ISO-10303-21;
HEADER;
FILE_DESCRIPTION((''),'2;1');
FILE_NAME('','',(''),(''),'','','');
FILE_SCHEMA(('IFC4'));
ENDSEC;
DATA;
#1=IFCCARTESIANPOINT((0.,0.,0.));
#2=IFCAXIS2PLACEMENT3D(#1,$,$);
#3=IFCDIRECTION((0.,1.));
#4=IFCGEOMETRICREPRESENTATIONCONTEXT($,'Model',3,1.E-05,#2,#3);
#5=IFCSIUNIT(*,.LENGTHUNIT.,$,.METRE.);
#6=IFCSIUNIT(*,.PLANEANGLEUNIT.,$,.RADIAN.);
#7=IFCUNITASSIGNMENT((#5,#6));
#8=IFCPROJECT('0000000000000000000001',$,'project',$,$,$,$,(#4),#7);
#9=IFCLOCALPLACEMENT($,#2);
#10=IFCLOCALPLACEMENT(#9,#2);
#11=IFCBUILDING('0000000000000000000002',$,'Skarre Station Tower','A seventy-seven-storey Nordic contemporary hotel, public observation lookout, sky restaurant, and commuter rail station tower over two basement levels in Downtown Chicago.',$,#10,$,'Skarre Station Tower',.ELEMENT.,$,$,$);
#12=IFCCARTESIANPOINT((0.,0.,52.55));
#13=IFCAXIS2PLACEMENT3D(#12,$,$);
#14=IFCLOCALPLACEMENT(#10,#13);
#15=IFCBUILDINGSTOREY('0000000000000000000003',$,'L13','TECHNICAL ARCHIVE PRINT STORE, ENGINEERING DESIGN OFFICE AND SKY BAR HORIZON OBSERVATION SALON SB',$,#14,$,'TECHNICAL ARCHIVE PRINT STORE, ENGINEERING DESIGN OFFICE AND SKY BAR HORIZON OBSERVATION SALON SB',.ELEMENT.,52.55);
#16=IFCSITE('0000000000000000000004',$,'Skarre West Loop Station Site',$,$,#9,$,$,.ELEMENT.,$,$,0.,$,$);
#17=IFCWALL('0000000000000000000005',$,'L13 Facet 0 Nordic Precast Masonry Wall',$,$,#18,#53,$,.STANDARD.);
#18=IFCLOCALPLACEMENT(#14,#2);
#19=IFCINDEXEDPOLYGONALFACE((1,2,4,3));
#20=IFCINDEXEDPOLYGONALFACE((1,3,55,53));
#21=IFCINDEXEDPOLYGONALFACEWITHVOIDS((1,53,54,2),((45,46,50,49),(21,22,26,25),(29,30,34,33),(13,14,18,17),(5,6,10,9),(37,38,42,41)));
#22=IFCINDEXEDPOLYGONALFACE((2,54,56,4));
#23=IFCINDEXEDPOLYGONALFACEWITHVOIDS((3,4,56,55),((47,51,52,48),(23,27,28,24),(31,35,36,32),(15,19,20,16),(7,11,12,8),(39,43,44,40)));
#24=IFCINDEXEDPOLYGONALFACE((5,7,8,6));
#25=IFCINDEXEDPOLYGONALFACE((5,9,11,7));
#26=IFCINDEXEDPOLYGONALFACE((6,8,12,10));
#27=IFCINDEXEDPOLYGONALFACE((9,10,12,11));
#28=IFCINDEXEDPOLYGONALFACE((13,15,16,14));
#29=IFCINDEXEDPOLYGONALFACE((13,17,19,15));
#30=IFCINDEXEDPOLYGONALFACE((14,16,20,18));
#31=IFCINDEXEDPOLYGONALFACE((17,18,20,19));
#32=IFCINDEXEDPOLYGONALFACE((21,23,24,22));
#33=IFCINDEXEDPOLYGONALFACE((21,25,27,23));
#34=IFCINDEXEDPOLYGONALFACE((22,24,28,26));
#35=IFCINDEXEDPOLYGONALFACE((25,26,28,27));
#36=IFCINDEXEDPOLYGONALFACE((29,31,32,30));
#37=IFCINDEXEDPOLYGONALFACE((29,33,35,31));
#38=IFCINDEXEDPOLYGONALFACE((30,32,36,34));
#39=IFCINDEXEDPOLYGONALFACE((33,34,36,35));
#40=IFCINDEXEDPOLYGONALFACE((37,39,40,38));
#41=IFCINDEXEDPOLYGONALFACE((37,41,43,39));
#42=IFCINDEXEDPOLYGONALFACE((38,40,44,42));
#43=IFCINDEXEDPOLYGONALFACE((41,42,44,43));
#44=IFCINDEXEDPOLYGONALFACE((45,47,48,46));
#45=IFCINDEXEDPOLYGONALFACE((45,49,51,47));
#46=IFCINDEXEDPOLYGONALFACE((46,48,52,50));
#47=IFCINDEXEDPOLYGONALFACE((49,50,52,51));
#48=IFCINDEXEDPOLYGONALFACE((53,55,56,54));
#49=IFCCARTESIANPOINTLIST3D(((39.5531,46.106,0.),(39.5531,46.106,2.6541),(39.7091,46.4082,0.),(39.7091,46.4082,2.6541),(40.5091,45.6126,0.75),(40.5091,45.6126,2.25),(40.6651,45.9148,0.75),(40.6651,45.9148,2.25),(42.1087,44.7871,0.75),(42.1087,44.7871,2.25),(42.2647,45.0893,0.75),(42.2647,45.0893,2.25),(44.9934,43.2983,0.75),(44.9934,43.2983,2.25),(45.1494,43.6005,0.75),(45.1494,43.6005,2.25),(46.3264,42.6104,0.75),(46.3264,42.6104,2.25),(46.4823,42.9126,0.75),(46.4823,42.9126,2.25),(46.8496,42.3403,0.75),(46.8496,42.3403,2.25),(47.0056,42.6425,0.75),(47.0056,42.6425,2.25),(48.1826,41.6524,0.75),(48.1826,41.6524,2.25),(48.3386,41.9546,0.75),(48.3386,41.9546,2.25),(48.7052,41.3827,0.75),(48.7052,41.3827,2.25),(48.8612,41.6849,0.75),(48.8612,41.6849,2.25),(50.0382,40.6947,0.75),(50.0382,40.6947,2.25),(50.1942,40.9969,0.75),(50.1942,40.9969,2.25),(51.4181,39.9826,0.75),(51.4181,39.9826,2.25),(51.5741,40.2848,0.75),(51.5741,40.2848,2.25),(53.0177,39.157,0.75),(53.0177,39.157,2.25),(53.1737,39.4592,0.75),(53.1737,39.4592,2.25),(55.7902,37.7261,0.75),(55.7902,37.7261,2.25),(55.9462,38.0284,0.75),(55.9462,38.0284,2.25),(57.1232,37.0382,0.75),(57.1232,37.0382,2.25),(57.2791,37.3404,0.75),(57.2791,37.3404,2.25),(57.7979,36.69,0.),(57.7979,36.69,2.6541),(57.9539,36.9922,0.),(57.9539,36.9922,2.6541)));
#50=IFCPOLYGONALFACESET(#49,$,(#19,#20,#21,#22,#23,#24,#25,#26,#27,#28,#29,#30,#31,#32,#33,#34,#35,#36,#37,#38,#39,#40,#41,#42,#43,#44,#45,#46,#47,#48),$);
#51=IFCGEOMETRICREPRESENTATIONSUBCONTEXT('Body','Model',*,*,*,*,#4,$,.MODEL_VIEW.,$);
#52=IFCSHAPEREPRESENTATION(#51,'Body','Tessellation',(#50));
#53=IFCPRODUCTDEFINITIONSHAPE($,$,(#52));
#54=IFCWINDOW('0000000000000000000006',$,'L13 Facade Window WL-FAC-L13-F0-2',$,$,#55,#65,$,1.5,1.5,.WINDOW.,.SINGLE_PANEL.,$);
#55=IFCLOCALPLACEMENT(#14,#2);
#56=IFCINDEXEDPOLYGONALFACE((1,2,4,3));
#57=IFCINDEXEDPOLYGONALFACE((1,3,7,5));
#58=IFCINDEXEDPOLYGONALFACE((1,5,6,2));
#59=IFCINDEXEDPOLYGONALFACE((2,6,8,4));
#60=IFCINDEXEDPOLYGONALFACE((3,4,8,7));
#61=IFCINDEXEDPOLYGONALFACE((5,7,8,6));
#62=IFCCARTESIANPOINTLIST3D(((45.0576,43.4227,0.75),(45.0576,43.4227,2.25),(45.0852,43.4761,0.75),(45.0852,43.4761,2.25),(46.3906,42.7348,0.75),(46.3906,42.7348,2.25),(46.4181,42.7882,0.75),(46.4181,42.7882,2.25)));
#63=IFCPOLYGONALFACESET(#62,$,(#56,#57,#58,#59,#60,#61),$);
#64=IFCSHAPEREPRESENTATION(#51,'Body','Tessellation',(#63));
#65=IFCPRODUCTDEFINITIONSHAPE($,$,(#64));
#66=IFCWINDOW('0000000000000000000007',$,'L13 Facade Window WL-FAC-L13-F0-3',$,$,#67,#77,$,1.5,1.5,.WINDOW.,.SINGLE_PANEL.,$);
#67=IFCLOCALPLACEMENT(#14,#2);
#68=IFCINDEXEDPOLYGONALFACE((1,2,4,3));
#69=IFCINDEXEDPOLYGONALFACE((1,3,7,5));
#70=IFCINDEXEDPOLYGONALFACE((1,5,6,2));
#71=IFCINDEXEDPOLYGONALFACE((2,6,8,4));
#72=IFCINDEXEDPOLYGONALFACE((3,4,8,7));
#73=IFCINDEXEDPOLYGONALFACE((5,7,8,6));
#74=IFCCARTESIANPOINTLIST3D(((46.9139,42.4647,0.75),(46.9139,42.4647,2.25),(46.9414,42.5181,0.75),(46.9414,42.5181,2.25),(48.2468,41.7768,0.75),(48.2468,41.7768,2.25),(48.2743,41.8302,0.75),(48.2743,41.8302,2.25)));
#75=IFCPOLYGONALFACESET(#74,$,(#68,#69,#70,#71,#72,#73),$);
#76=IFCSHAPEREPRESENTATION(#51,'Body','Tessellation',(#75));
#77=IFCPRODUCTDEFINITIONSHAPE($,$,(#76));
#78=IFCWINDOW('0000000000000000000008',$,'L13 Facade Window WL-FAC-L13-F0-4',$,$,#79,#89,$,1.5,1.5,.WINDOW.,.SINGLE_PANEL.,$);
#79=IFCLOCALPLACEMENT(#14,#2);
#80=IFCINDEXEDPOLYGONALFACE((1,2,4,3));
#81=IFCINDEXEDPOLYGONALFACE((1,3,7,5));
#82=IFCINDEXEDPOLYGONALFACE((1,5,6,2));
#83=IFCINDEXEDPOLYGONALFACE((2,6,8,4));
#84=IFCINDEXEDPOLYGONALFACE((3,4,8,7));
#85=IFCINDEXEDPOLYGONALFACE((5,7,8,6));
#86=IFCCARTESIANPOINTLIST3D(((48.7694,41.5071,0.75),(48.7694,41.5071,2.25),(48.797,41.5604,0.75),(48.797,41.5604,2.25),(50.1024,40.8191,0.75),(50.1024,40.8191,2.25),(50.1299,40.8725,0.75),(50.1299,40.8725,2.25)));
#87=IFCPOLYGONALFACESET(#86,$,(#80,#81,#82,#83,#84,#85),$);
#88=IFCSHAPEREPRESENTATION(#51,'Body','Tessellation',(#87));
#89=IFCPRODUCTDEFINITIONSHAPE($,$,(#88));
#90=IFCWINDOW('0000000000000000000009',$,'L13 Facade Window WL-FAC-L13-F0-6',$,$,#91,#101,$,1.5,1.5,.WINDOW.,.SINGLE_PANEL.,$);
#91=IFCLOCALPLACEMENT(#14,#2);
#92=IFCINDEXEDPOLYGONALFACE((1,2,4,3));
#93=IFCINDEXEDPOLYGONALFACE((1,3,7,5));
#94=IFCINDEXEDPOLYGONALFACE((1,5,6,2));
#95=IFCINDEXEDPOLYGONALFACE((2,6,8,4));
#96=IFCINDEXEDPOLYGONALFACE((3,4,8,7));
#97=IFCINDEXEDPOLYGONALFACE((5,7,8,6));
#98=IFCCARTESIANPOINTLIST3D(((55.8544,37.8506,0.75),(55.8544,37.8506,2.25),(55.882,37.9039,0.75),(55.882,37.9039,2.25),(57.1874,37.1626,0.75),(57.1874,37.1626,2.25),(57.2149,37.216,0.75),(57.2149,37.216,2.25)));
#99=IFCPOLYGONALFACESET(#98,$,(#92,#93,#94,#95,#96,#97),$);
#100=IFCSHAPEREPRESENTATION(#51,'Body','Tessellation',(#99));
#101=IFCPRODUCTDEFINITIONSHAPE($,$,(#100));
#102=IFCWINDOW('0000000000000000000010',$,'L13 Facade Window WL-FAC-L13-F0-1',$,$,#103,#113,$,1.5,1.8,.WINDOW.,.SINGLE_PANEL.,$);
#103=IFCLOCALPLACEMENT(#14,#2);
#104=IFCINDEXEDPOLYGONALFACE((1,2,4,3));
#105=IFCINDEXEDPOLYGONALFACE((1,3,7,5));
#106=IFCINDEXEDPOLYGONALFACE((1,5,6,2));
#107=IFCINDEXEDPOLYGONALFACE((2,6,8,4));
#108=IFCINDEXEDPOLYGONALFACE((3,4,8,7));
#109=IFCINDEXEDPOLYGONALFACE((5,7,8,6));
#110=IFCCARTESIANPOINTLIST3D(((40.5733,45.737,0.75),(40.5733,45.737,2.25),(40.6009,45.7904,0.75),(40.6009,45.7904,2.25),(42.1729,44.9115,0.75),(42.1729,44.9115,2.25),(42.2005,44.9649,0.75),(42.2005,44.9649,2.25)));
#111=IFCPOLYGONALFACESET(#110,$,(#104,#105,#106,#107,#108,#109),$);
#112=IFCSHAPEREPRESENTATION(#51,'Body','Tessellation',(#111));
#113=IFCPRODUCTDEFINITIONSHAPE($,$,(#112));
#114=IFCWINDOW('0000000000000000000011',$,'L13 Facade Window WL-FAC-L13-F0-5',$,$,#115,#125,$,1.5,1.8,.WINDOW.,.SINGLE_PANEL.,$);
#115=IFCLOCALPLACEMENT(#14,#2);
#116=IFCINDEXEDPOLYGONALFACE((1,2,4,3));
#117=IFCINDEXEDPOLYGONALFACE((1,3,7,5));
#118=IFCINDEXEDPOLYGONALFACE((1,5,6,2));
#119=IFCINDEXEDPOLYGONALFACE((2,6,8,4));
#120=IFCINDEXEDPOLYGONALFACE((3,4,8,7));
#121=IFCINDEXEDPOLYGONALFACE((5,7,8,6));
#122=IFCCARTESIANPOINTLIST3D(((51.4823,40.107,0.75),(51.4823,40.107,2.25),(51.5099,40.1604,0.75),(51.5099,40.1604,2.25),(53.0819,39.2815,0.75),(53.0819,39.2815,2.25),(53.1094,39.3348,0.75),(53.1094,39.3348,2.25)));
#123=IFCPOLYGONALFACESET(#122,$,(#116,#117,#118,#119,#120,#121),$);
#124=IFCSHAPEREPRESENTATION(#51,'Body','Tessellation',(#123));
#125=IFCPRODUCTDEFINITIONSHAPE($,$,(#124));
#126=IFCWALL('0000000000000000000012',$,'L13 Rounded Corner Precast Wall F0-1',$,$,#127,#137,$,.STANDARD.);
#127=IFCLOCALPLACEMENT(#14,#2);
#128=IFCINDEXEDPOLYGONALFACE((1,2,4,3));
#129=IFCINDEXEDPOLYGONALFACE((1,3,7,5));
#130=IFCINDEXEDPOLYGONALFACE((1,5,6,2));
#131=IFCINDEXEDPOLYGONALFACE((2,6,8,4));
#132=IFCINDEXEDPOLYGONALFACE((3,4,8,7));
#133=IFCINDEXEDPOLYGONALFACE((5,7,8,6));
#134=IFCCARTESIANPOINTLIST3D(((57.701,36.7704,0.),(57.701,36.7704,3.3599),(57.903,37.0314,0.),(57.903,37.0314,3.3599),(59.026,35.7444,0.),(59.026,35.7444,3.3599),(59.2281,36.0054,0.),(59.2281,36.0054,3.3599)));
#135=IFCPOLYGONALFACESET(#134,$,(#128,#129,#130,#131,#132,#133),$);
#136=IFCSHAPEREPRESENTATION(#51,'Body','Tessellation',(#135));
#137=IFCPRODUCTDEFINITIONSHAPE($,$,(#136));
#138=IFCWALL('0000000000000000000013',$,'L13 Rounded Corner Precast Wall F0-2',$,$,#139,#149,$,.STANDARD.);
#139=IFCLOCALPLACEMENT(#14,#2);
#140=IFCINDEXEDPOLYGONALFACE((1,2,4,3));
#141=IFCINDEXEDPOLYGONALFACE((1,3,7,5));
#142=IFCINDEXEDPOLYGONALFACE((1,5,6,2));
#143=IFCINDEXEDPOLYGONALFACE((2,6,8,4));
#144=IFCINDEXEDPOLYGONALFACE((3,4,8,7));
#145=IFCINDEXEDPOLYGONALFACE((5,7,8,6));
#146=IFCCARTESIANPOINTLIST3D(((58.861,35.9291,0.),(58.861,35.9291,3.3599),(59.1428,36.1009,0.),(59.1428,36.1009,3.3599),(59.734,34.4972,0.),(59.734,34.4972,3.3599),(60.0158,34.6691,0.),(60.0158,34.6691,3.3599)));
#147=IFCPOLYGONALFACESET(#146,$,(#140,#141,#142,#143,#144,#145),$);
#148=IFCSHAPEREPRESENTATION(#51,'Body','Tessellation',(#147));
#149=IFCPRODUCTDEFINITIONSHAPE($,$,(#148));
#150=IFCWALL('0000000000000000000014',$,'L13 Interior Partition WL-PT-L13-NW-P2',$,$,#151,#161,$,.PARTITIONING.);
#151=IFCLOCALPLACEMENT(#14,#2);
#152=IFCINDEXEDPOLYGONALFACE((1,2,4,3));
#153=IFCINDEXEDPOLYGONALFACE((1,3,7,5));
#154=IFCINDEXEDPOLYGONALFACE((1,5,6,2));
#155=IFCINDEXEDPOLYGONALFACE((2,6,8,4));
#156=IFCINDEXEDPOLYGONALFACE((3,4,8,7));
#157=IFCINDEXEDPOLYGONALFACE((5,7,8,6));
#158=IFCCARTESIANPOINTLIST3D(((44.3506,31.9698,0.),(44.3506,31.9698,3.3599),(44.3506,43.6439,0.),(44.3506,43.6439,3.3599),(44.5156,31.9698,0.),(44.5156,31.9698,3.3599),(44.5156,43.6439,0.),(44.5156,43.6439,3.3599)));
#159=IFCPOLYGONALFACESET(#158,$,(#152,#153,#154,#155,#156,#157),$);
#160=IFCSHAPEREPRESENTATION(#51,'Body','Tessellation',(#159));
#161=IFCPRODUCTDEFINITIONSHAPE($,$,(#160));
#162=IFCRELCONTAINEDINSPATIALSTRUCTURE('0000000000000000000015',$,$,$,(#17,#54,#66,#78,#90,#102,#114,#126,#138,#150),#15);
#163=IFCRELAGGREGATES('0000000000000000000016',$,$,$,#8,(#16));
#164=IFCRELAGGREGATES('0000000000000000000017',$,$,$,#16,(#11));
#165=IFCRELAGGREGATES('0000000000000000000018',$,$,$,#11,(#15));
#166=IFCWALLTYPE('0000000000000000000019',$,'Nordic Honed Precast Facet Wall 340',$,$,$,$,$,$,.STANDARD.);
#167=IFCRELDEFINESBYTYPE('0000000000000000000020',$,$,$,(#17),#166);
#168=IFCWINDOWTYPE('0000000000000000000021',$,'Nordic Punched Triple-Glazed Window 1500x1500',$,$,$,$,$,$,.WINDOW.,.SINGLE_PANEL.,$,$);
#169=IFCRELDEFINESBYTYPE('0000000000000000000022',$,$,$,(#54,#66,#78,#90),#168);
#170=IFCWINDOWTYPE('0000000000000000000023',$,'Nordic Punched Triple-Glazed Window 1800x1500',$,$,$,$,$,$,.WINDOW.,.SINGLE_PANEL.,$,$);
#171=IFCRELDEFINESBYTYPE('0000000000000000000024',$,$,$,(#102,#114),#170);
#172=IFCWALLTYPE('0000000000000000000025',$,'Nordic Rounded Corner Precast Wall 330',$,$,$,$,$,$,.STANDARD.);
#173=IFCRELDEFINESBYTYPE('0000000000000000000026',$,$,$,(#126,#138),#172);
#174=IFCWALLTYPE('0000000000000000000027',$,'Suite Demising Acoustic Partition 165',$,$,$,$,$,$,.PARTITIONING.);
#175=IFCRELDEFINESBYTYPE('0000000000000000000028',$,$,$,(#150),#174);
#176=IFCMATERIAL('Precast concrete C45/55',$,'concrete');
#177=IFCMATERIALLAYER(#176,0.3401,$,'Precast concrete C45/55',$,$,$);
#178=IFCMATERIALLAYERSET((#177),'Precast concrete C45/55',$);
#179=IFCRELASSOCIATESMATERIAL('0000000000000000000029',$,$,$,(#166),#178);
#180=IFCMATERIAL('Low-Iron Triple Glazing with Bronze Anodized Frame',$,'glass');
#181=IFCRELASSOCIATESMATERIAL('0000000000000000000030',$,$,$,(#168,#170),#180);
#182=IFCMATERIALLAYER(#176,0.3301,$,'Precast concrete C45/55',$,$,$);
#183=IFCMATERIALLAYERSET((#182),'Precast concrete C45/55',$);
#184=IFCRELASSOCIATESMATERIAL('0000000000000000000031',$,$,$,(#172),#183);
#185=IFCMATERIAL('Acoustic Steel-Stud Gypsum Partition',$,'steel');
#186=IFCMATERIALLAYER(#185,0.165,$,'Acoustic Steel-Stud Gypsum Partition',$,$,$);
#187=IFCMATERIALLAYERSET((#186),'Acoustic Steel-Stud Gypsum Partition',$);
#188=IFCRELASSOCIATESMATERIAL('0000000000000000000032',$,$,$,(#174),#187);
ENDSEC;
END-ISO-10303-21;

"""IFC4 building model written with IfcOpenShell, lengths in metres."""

from ifc_helpers import new_model, si_unit, direction, frame, frame_2d, origin, place, context, subcontext, project, spatial, rectangle, extrude, material, layer, layer_set, type_object, element, fill, save


model = new_model("IFC4")

# Units and contexts
model_context = context("Model", 3, precision=1e-05, world=origin(), true_north=direction((0.0, 1.0)))
body_context = subcontext(model_context, "Body", "Model", "MODEL_VIEW")
ifc_project = project(units=[si_unit("LENGTHUNIT", "METRE"), si_unit("PLANEANGLEUNIT", "RADIAN")], contexts=[model_context])

# Site, building, storey
site_placement = place(None, origin())
site = spatial("IfcSite", under=ifc_project, at=site_placement, Name="Skarre West Loop Station Site", CompositionType="ELEMENT", RefElevation=0.0)
building_placement = place(site_placement, origin())
building = spatial("IfcBuilding", under=site, at=building_placement, Name="Skarre Station Tower", Description="A seventy-seven-storey Nordic contemporary hotel, public observation lookout, sky restaurant, and commuter rail station tower over two basement levels in Downtown Chicago.", LongName="Skarre Station Tower", CompositionType="ELEMENT")
storey_placement = place(building_placement, frame((0.0, 0.0, 52.55)))
storey = spatial("IfcBuildingStorey", under=building, at=storey_placement, Name="L13", Description="TECHNICAL ARCHIVE PRINT STORE, ENGINEERING DESIGN OFFICE AND SKY BAR HORIZON OBSERVATION SALON SB", LongName="TECHNICAL ARCHIVE PRINT STORE, ENGINEERING DESIGN OFFICE AND SKY BAR HORIZON OBSERVATION SALON SB", CompositionType="ELEMENT", Elevation=52.55)

# Wall, openings, windows
ifc_material_1 = material(Name="Precast concrete C45/55", Category="concrete")
ifc_layer_1 = layer(ifc_material_1, 0.3401, Name="Precast concrete C45/55")
ifc_layer_set_1 = layer_set([ifc_layer_1], Name="Precast concrete C45/55")
wall_type_1 = type_object("IfcWallType", Name="Nordic Honed Precast Facet Wall 340", PredefinedType="STANDARD", material=ifc_layer_set_1)
wall_1_placement = place(storey_placement, frame((39.6311, 46.2571, 0.0), z_axis=(0.0, 0.0, 1.0), x_axis=(0.888634, -0.458616, 0.0)))
wall_1 = element("IfcWall", 1, at=wall_1_placement, inside=storey, type_object=wall_type_1, Name="L13 Facet 0 Nordic Precast Masonry Wall", PredefinedType="STANDARD", context=body_context, shape_type="SweptSolid", body=[
    extrude(rectangle(XDim=20.5312, YDim=0.3401, at=frame_2d((10.2656, 0.0))), origin(), (0.0, 0.0, 1.0), 2.6541),
])
opening_1_placement = place(wall_1_placement, frame((1.0759, 0.0, 0.75)))
opening_1 = element("IfcOpeningElement", 2, at=opening_1_placement, cuts=wall_1, PredefinedType="OPENING", context=body_context, shape_type="SweptSolid", body=[
    extrude(rectangle(XDim=1.8, YDim=1.5, at=frame_2d((0.8999, 0.75))), frame((0.0, 0.1799, 0.0), z_axis=(0.0, -1.0, 0.0), x_axis=(1.0, 0.0, 0.0)), (0.0, 0.0, 1.0), 0.3601),
])
opening_2_placement = place(wall_1_placement, frame((6.1221, 0.0, 0.75)))
opening_2 = element("IfcOpeningElement", 3, at=opening_2_placement, cuts=wall_1, PredefinedType="OPENING", context=body_context, shape_type="SweptSolid", body=[
    extrude(rectangle(XDim=1.5, YDim=1.5, at=frame_2d((0.75, 0.75))), frame((0.0, 0.1799, 0.0), z_axis=(0.0, -1.0, 0.0), x_axis=(1.0, 0.0, 0.0)), (0.0, 0.0, 1.0), 0.3601),
])
opening_3_placement = place(wall_1_placement, frame((8.2109, 0.0, 0.75)))
opening_3 = element("IfcOpeningElement", 4, at=opening_3_placement, cuts=wall_1, PredefinedType="OPENING", context=body_context, shape_type="SweptSolid", body=[
    extrude(rectangle(XDim=1.5, YDim=1.5, at=frame_2d((0.75, 0.75))), frame((0.0, 0.1799, 0.0), z_axis=(0.0, -1.0, 0.0), x_axis=(1.0, 0.0, 0.0)), (0.0, 0.0, 1.0), 0.3601),
])
opening_4_placement = place(wall_1_placement, frame((10.2991, 0.0, 0.75)))
opening_4 = element("IfcOpeningElement", 5, at=opening_4_placement, cuts=wall_1, PredefinedType="OPENING", context=body_context, shape_type="SweptSolid", body=[
    extrude(rectangle(XDim=1.5, YDim=1.5, at=frame_2d((0.75, 0.75))), frame((0.0, 0.1799, 0.0), z_axis=(0.0, -1.0, 0.0), x_axis=(1.0, 0.0, 0.0)), (0.0, 0.0, 1.0), 0.3601),
])
opening_5_placement = place(wall_1_placement, frame((13.3521, 0.0, 0.75)))
opening_5 = element("IfcOpeningElement", 6, at=opening_5_placement, cuts=wall_1, PredefinedType="OPENING", context=body_context, shape_type="SweptSolid", body=[
    extrude(rectangle(XDim=1.8, YDim=1.5, at=frame_2d((0.8999, 0.75))), frame((0.0, 0.1799, 0.0), z_axis=(0.0, -1.0, 0.0), x_axis=(1.0, 0.0, 0.0)), (0.0, 0.0, 1.0), 0.3601),
])
opening_6_placement = place(wall_1_placement, frame((18.272, 0.0, 0.75)))
opening_6 = element("IfcOpeningElement", 7, at=opening_6_placement, cuts=wall_1, PredefinedType="OPENING", context=body_context, shape_type="SweptSolid", body=[
    extrude(rectangle(XDim=1.5, YDim=1.5, at=frame_2d((0.75, 0.75))), frame((0.0, 0.1799, 0.0), z_axis=(0.0, -1.0, 0.0), x_axis=(1.0, 0.0, 0.0)), (0.0, 0.0, 1.0), 0.3601),
])
ifc_material_2 = material(Name="Low-Iron Triple Glazing with Bronze Anodized Frame", Category="glass")
window_type_1 = type_object("IfcWindowType", Name="Nordic Punched Triple-Glazed Window 1500x1500", PartitioningType="SINGLE_PANEL", PredefinedType="WINDOW", material=ifc_material_2)
window_1_placement = place(opening_2_placement, origin())
window_1 = element("IfcWindow", 8, at=window_1_placement, inside=storey, type_object=window_type_1, Name="L13 Facade Window WL-FAC-L13-F0-2", OverallHeight=1.5, OverallWidth=1.5, PartitioningType="SINGLE_PANEL", PredefinedType="WINDOW", context=body_context, shape_type="SweptSolid", body=[
    extrude(rectangle(XDim=1.5, YDim=1.5, at=frame_2d((0.75, 0.75))), frame((0.0, 0.03, 0.0), z_axis=(0.0, -1.0, 0.0), x_axis=(1.0, 0.0, 0.0)), (0.0, 0.0, 1.0), 0.0601),
])
fill(opening_2, window_1)
window_2_placement = place(opening_3_placement, origin())
window_2 = element("IfcWindow", 9, at=window_2_placement, inside=storey, type_object=window_type_1, Name="L13 Facade Window WL-FAC-L13-F0-3", OverallHeight=1.5, OverallWidth=1.5, PartitioningType="SINGLE_PANEL", PredefinedType="WINDOW", context=body_context, shape_type="SweptSolid", body=[
    extrude(rectangle(XDim=1.5, YDim=1.5, at=frame_2d((0.75, 0.75))), frame((0.0, 0.03, 0.0), z_axis=(0.0, -1.0, 0.0), x_axis=(1.0, 0.0, 0.0)), (0.0, 0.0, 1.0), 0.0601),
])
fill(opening_3, window_2)
window_3_placement = place(opening_4_placement, origin())
window_3 = element("IfcWindow", 10, at=window_3_placement, inside=storey, type_object=window_type_1, Name="L13 Facade Window WL-FAC-L13-F0-4", OverallHeight=1.5, OverallWidth=1.5, PartitioningType="SINGLE_PANEL", PredefinedType="WINDOW", context=body_context, shape_type="SweptSolid", body=[
    extrude(rectangle(XDim=1.5, YDim=1.5, at=frame_2d((0.75, 0.75))), frame((0.0, 0.03, 0.0), z_axis=(0.0, -1.0, 0.0), x_axis=(1.0, 0.0, 0.0)), (0.0, 0.0, 1.0), 0.0601),
])
fill(opening_4, window_3)
window_4_placement = place(opening_6_placement, origin())
window_4 = element("IfcWindow", 11, at=window_4_placement, inside=storey, type_object=window_type_1, Name="L13 Facade Window WL-FAC-L13-F0-6", OverallHeight=1.5, OverallWidth=1.5, PartitioningType="SINGLE_PANEL", PredefinedType="WINDOW", context=body_context, shape_type="SweptSolid", body=[
    extrude(rectangle(XDim=1.5, YDim=1.5, at=frame_2d((0.75, 0.75))), frame((0.0, 0.03, 0.0), z_axis=(0.0, -1.0, 0.0), x_axis=(1.0, 0.0, 0.0)), (0.0, 0.0, 1.0), 0.0601),
])
fill(opening_6, window_4)
window_type_2 = type_object("IfcWindowType", Name="Nordic Punched Triple-Glazed Window 1800x1500", PartitioningType="SINGLE_PANEL", PredefinedType="WINDOW", material=ifc_material_2)
window_5_placement = place(opening_1_placement, origin())
window_5 = element("IfcWindow", 12, at=window_5_placement, inside=storey, type_object=window_type_2, Name="L13 Facade Window WL-FAC-L13-F0-1", OverallHeight=1.5, OverallWidth=1.8, PartitioningType="SINGLE_PANEL", PredefinedType="WINDOW", context=body_context, shape_type="SweptSolid", body=[
    extrude(rectangle(XDim=1.8, YDim=1.5, at=frame_2d((0.8999, 0.75))), frame((0.0, 0.03, 0.0), z_axis=(0.0, -1.0, 0.0), x_axis=(1.0, 0.0, 0.0)), (0.0, 0.0, 1.0), 0.0601),
])
fill(opening_1, window_5)
window_6_placement = place(opening_5_placement, origin())
window_6 = element("IfcWindow", 13, at=window_6_placement, inside=storey, type_object=window_type_2, Name="L13 Facade Window WL-FAC-L13-F0-5", OverallHeight=1.5, OverallWidth=1.8, PartitioningType="SINGLE_PANEL", PredefinedType="WINDOW", context=body_context, shape_type="SweptSolid", body=[
    extrude(rectangle(XDim=1.8, YDim=1.5, at=frame_2d((0.8999, 0.75))), frame((0.0, 0.03, 0.0), z_axis=(0.0, -1.0, 0.0), x_axis=(1.0, 0.0, 0.0)), (0.0, 0.0, 1.0), 0.0601),
])
fill(opening_5, window_6)

# Walls
ifc_layer_2 = layer(ifc_material_1, 0.3301, Name="Precast concrete C45/55")
ifc_layer_set_2 = layer_set([ifc_layer_2], Name="Precast concrete C45/55")
wall_type_2 = type_object("IfcWallType", Name="Nordic Rounded Corner Precast Wall 330", PredefinedType="STANDARD", material=ifc_layer_set_2)
wall_2_placement = place(storey_placement, frame((57.802, 36.9009, 0.0), z_axis=(0.0, 0.0, 1.0), x_axis=(0.790692, -0.612214, 0.0)))
element("IfcWall", 14, at=wall_2_placement, inside=storey, type_object=wall_type_2, Name="L13 Rounded Corner Precast Wall F0-1", PredefinedType="STANDARD", context=body_context, shape_type="SweptSolid", body=[
    extrude(rectangle(XDim=1.6758, YDim=0.3301, at=frame_2d((0.8379, 0.0))), origin(), (0.0, 0.0, 1.0), 3.3599),
])
wall_3_placement = place(storey_placement, frame((59.002, 36.0149, 0.0), z_axis=(0.0, 0.0, 1.0), x_axis=(0.520584, -0.85381, 0.0)))
element("IfcWall", 15, at=wall_3_placement, inside=storey, type_object=wall_type_2, Name="L13 Rounded Corner Precast Wall F0-2", PredefinedType="STANDARD", context=body_context, shape_type="SweptSolid", body=[
    extrude(rectangle(XDim=1.677, YDim=0.3301, at=frame_2d((0.8384, 0.0))), origin(), (0.0, 0.0, 1.0), 3.3599),
])
ifc_material_3 = material(Name="Acoustic Steel-Stud Gypsum Partition", Category="steel")
ifc_layer_3 = layer(ifc_material_3, 0.165, Name="Acoustic Steel-Stud Gypsum Partition")
ifc_layer_set_3 = layer_set([ifc_layer_3], Name="Acoustic Steel-Stud Gypsum Partition")
wall_type_3 = type_object("IfcWallType", Name="Suite Demising Acoustic Partition 165", PredefinedType="PARTITIONING", material=ifc_layer_set_3)
wall_4_placement = place(storey_placement, frame((44.4331, 31.97, 0.0), z_axis=(0.0, 0.0, 1.0), x_axis=(0.0, 1.0, 0.0)))
element("IfcWall", 16, at=wall_4_placement, inside=storey, type_object=wall_type_3, Name="L13 Interior Partition WL-PT-L13-NW-P2", PredefinedType="PARTITIONING", context=body_context, shape_type="SweptSolid", body=[
    extrude(rectangle(XDim=11.6741, YDim=0.165, at=frame_2d((5.8369, 0.0))), origin(), (0.0, 0.0, 1.0), 3.3599),
])

save(model, "model.ifc")
